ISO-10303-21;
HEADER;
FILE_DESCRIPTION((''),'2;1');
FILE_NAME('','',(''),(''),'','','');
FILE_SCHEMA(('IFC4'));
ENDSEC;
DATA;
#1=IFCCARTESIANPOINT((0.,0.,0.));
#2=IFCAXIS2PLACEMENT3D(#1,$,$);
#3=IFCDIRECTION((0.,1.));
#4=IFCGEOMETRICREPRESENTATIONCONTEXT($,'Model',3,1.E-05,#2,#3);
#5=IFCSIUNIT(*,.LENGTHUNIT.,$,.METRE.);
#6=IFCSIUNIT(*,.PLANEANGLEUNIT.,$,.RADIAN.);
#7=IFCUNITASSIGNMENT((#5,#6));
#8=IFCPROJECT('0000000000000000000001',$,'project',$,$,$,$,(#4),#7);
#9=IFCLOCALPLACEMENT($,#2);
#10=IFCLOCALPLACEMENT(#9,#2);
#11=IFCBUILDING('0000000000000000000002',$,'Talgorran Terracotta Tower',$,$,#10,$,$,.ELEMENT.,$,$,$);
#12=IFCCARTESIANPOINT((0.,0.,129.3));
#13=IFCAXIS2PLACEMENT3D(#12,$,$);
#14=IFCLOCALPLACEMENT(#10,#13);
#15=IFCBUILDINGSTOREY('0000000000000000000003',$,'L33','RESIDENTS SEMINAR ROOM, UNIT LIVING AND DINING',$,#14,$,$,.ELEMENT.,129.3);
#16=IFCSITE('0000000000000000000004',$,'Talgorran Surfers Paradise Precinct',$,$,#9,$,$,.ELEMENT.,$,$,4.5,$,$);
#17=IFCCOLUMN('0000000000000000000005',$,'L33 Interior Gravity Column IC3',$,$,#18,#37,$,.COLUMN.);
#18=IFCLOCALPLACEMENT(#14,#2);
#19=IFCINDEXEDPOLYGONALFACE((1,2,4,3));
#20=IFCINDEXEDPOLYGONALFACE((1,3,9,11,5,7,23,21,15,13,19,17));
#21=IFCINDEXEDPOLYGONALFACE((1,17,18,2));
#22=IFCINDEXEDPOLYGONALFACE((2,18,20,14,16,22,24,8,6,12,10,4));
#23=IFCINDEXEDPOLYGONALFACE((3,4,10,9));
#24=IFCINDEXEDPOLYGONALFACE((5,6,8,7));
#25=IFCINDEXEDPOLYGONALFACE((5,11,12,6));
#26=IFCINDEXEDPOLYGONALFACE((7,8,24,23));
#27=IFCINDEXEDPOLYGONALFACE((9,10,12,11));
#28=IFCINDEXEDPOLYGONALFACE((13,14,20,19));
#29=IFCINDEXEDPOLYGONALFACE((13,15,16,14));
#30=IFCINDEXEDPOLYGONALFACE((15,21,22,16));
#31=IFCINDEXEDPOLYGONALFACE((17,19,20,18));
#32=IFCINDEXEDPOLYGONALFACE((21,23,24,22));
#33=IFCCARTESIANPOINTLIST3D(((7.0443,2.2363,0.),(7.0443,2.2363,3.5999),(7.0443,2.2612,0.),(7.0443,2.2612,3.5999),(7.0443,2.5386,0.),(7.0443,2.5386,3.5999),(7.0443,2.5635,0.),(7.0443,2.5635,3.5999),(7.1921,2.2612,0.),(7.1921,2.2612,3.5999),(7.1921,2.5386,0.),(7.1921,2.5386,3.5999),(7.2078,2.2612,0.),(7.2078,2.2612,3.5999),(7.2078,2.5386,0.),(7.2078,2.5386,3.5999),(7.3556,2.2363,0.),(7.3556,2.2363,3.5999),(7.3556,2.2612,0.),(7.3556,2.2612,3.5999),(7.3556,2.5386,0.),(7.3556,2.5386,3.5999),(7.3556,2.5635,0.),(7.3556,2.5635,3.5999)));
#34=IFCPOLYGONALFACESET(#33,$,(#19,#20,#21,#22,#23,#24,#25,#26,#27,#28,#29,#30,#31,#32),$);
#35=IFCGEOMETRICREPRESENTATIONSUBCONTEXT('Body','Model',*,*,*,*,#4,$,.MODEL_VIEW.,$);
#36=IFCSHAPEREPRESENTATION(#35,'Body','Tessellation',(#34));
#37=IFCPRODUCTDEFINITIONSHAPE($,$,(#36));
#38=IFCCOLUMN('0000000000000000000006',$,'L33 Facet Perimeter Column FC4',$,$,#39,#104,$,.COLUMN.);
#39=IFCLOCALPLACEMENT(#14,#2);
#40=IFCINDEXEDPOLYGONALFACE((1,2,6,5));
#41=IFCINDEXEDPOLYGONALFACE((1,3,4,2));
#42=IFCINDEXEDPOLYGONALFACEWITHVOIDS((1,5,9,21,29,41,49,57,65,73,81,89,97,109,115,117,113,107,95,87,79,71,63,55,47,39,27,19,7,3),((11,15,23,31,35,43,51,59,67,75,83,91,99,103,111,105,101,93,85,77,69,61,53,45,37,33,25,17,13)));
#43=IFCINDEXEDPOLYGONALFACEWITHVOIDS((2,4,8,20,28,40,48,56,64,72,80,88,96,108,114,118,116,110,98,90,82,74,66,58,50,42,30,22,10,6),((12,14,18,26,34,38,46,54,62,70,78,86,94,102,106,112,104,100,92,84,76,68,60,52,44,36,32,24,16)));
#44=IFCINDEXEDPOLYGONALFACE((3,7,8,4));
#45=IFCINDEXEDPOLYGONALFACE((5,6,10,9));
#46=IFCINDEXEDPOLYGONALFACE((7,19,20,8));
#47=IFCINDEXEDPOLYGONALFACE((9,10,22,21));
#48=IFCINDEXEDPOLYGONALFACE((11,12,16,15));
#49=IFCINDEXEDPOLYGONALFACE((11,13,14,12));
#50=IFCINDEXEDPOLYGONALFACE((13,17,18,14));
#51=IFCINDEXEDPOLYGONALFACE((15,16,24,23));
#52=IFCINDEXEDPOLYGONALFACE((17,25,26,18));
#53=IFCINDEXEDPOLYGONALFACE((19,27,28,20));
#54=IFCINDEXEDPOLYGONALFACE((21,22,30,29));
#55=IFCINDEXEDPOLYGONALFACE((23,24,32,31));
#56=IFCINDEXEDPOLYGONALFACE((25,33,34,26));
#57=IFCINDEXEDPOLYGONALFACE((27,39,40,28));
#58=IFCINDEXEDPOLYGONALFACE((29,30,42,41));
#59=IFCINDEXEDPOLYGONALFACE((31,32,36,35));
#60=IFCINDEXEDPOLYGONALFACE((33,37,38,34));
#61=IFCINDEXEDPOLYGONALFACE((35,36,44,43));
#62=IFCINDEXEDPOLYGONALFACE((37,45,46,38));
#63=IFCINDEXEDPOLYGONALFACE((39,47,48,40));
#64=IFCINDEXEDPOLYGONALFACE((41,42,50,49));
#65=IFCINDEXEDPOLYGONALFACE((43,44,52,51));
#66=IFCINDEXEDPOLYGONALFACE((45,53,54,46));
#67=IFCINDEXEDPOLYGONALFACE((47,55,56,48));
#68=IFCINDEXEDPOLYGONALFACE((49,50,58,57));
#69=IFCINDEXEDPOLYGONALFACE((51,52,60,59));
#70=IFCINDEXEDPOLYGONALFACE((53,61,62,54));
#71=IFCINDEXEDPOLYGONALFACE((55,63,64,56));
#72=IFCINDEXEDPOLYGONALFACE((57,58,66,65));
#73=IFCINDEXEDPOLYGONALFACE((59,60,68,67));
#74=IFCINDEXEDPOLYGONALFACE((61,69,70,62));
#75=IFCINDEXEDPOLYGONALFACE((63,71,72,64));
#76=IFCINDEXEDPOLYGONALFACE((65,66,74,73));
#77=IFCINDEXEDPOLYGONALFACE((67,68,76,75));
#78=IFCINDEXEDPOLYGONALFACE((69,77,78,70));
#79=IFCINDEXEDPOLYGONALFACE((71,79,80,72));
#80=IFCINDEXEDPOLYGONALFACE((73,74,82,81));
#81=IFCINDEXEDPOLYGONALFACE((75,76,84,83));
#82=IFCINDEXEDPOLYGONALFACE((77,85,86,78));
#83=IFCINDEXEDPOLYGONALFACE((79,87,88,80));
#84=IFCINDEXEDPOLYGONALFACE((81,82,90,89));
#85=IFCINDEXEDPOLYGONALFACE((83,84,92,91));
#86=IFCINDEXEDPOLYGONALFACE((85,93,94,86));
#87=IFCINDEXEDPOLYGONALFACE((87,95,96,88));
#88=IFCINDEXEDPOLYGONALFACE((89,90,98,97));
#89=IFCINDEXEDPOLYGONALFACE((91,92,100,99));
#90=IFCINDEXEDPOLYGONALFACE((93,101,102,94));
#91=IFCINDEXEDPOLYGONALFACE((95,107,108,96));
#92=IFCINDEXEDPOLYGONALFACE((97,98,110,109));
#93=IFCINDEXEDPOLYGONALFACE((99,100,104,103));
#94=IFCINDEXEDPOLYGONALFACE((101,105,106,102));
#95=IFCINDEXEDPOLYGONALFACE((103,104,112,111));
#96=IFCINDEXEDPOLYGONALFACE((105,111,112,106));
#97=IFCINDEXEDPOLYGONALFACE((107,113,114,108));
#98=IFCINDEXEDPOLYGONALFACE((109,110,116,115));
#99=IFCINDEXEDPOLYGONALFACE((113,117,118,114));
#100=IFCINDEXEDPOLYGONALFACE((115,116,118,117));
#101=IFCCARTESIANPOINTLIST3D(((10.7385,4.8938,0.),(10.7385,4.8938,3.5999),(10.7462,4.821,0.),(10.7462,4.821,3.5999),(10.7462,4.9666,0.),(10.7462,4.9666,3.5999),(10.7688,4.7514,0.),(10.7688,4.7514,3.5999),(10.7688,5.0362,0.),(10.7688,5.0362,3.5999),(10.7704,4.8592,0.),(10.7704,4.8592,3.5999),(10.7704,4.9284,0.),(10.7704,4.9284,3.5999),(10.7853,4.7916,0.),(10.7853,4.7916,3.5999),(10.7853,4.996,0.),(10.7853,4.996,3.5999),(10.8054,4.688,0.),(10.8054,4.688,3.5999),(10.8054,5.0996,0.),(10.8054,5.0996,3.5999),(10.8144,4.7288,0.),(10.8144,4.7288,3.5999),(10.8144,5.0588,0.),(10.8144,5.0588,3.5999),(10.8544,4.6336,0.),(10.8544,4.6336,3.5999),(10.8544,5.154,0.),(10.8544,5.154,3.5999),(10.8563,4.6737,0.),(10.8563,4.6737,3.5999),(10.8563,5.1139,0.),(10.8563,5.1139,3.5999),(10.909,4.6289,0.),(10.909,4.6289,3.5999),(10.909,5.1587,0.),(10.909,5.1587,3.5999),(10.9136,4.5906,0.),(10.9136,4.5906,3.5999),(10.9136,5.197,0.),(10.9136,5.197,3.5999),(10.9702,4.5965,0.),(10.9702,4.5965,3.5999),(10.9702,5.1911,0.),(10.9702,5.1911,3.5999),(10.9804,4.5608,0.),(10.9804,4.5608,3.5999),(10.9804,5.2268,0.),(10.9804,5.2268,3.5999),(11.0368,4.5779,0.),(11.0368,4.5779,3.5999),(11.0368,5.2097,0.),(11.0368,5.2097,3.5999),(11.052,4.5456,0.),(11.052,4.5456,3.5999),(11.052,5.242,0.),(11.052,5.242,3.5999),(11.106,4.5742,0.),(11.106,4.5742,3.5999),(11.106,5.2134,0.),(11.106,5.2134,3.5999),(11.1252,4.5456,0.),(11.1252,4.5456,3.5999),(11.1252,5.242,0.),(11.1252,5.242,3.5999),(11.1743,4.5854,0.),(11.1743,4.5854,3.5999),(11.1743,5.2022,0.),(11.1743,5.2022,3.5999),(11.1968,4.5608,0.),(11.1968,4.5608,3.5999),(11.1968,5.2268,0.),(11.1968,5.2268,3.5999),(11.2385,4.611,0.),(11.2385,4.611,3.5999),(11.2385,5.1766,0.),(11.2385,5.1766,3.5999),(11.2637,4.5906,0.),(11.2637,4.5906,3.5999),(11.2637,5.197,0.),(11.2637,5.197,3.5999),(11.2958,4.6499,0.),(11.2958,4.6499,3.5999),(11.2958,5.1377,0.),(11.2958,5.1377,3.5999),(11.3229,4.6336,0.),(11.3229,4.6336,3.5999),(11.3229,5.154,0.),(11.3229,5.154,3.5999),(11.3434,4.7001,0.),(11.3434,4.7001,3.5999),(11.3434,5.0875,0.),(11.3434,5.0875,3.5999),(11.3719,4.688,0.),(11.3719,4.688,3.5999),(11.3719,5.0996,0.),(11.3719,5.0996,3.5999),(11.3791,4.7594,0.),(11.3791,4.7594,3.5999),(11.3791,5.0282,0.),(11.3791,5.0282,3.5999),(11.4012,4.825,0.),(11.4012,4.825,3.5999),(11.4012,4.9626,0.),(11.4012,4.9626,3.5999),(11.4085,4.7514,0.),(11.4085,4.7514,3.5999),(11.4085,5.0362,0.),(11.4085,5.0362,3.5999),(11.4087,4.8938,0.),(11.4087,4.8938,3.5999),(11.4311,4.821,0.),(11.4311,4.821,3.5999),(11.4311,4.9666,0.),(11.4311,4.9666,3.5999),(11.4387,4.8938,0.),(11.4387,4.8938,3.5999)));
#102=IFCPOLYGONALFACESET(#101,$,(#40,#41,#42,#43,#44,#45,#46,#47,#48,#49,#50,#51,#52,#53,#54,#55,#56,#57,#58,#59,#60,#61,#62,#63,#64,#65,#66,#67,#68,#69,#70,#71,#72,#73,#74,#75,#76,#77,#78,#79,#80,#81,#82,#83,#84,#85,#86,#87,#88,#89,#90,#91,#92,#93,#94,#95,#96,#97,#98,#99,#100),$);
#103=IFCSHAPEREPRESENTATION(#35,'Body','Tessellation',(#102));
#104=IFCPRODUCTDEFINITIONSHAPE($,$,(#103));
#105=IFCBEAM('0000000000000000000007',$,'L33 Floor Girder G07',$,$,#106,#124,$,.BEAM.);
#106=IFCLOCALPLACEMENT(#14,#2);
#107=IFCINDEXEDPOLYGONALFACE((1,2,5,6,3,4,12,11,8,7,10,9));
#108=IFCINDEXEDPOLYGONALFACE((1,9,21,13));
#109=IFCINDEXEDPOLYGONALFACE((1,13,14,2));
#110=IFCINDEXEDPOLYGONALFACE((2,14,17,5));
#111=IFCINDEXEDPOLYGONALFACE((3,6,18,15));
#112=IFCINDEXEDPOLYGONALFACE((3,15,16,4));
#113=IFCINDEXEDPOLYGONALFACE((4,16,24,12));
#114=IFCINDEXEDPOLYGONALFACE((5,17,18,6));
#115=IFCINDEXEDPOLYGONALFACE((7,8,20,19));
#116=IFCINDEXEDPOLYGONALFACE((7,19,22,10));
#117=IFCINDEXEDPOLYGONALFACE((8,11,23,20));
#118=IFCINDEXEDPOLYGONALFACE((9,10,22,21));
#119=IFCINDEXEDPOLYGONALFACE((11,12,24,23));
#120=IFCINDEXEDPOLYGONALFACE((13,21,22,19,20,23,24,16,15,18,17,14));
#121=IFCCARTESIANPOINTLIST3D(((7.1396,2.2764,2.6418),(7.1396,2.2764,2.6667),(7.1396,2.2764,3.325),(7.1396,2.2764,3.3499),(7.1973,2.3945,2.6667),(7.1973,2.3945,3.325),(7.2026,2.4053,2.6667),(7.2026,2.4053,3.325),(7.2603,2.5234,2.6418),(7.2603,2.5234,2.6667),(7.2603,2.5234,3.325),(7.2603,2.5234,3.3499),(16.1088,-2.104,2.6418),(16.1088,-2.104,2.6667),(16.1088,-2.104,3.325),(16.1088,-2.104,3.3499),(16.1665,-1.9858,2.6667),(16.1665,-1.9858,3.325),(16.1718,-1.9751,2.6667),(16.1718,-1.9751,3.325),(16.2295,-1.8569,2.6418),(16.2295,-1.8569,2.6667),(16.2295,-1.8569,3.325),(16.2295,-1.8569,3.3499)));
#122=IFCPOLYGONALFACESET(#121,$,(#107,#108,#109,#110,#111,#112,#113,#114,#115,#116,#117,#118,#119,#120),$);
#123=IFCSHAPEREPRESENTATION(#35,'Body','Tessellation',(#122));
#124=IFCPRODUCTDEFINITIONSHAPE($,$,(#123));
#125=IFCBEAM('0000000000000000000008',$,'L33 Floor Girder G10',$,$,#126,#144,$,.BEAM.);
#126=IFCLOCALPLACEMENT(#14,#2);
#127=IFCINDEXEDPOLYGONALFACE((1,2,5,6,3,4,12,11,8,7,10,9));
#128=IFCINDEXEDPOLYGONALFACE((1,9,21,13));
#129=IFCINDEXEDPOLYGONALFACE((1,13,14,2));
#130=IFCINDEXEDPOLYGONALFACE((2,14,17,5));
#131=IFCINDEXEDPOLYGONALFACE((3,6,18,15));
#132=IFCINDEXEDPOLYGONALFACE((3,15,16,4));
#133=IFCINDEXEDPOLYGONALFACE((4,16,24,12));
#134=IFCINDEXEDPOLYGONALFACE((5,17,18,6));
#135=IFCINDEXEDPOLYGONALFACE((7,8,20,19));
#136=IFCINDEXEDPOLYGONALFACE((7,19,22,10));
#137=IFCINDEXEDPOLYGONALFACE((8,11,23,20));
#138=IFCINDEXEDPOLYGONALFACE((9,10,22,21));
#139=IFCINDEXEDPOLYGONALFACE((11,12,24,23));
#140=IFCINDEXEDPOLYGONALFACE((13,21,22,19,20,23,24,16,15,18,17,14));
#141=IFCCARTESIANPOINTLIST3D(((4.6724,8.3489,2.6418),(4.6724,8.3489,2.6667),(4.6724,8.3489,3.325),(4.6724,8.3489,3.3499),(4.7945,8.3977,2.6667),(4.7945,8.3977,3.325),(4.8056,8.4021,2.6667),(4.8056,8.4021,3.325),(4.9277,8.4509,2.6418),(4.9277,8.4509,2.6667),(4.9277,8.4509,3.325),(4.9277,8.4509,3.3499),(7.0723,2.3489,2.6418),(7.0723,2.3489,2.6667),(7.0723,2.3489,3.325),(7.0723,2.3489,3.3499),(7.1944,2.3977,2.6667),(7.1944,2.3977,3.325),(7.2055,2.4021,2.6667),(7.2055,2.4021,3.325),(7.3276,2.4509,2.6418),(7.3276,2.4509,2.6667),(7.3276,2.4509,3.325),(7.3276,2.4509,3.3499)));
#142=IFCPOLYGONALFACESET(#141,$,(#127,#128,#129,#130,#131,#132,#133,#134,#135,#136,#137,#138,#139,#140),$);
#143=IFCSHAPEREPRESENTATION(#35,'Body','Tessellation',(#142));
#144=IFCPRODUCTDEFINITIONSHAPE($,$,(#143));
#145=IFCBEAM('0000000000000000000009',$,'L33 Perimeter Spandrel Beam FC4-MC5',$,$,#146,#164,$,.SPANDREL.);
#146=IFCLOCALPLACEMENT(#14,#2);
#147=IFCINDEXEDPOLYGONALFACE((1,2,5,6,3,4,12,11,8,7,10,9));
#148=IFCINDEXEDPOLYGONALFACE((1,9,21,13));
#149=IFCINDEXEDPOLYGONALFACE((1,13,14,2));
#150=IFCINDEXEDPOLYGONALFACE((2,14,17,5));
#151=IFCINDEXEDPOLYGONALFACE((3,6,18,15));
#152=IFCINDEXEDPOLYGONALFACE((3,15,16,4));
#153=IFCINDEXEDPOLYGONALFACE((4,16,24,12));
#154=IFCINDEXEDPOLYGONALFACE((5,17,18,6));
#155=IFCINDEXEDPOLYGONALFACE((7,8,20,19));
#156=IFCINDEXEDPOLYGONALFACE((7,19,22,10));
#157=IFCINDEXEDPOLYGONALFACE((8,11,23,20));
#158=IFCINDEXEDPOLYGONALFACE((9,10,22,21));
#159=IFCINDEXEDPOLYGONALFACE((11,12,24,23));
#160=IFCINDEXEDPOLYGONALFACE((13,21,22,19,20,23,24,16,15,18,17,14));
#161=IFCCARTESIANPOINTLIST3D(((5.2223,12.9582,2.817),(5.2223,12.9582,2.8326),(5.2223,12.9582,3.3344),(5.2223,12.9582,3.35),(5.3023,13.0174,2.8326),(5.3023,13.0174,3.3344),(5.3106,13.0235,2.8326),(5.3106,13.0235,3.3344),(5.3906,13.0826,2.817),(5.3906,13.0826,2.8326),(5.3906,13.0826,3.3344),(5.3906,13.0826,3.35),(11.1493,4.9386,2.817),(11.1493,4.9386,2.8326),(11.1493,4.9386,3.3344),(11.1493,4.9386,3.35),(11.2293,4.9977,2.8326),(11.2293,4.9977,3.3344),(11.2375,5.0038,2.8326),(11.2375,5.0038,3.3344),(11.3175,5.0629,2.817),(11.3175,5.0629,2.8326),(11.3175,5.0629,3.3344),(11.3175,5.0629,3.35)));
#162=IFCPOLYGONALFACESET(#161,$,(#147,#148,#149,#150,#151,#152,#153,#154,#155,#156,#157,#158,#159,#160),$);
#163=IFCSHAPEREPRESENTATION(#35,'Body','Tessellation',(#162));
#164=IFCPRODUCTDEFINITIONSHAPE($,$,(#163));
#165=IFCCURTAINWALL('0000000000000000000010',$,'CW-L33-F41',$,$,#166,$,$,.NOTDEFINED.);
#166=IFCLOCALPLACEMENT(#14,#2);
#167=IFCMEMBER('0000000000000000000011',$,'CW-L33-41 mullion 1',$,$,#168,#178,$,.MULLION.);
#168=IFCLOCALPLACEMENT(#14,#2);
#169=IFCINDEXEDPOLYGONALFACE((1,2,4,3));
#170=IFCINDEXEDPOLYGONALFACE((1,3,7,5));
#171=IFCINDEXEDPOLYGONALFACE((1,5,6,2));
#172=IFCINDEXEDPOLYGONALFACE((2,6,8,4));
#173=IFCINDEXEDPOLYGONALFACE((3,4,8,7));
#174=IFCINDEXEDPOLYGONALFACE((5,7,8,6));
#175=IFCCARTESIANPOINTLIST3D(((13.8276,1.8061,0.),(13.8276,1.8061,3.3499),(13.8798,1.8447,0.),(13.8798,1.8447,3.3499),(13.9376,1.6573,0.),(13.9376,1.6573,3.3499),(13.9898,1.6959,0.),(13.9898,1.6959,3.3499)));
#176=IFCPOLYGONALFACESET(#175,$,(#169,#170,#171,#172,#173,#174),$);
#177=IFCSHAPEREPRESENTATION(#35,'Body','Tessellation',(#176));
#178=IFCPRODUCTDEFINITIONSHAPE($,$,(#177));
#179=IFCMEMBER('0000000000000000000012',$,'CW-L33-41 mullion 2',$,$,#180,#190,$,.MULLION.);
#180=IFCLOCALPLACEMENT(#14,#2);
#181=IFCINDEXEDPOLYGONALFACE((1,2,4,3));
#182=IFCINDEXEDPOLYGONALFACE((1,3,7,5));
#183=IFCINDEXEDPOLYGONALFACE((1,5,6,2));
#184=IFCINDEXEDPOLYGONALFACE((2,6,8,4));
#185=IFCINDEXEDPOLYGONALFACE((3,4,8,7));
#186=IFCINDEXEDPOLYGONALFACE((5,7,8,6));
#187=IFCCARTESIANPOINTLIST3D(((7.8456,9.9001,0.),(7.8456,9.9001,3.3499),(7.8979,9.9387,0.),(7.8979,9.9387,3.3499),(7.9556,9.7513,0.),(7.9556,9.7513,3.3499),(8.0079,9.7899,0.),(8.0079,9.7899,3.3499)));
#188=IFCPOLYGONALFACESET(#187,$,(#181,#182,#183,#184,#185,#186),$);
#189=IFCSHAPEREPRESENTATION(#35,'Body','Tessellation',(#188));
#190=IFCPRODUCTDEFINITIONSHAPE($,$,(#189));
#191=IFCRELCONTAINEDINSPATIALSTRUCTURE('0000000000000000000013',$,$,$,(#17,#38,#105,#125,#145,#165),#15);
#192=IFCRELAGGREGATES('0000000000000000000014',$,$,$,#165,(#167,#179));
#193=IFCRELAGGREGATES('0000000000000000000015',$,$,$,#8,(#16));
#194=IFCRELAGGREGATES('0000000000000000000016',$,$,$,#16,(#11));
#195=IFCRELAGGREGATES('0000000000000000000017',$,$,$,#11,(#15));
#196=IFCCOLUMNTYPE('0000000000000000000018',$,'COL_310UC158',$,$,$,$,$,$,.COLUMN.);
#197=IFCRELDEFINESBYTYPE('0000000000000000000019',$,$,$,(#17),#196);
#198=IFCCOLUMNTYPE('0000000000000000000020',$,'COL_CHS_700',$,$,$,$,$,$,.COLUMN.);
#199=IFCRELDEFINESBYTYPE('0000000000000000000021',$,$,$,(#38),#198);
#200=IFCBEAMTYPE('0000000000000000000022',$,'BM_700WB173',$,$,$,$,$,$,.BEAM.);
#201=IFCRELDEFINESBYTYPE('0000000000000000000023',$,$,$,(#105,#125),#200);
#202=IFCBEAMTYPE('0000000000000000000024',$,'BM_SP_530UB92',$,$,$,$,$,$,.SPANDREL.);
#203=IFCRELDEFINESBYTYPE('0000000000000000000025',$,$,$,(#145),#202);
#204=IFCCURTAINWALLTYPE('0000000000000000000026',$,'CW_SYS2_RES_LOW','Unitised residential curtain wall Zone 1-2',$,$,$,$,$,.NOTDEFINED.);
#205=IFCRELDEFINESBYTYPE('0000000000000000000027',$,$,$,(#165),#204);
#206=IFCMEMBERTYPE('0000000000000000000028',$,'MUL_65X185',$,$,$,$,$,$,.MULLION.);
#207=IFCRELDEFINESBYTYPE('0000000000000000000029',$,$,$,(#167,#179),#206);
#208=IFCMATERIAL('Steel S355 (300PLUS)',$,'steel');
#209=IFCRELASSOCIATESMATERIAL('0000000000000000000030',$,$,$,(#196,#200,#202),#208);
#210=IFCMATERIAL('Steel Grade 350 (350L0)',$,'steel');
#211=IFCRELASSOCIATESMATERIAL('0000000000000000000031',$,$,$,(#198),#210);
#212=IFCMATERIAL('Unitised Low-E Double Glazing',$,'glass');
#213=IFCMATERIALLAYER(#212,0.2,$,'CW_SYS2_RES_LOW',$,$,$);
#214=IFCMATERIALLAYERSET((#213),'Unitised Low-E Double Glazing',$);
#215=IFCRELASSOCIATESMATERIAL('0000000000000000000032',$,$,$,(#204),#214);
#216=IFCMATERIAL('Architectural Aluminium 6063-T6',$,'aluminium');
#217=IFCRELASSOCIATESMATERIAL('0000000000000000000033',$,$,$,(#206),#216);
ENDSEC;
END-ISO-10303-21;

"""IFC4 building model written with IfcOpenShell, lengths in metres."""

from ifc_helpers import new_model, si_unit, direction, frame, origin, origin_2d, place, context, subcontext, project, spatial, rectangle, hollow_circle, i_section, extrude, material, layer, layer_set, material_profile, profile_set, type_object, element, aggregate, save


model = new_model("IFC4")

# Units and contexts
model_context = context("Model", 3, precision=1e-05, world=origin(), true_north=direction((0.0, 1.0)))
body_context = subcontext(model_context, "Body", "Model", "MODEL_VIEW")
ifc_project = project(units=[si_unit("LENGTHUNIT", "METRE"), si_unit("PLANEANGLEUNIT", "RADIAN")], contexts=[model_context])

# Site, building, storey
site_placement = place(None, origin())
site = spatial("IfcSite", under=ifc_project, at=site_placement, Name="Talgorran Surfers Paradise Precinct", CompositionType="ELEMENT", RefElevation=4.5)
building_placement = place(site_placement, origin())
building = spatial("IfcBuilding", under=site, at=building_placement, Name="Talgorran Terracotta Tower", CompositionType="ELEMENT")
storey_placement = place(building_placement, frame((0.0, 0.0, 129.3)))
storey = spatial("IfcBuildingStorey", under=building, at=storey_placement, Name="L33", Description="RESIDENTS SEMINAR ROOM, UNIT LIVING AND DINING", CompositionType="ELEMENT", Elevation=129.3)

# Columns
ifc_material_1 = material(Name="Steel S355 (300PLUS)", Category="steel")
ifc_material_profile_1 = material_profile(ifc_material_1, i_section(OverallWidth=0.3113, OverallDepth=0.3271, WebThickness=0.0156, FlangeThickness=0.0249, at=origin_2d()), Name="310UC158")
ifc_profile_set_1 = profile_set([ifc_material_profile_1], Name="Steel S355 (300PLUS)")
column_type_1 = type_object("IfcColumnType", Name="COL_310UC158", PredefinedType="COLUMN", material=ifc_profile_set_1)
column_1_placement = place(storey_placement, frame((7.2, 2.3999, 0.0), z_axis=(0.0, 0.0, 1.0), x_axis=(1.0, 0.0, 0.0)))
element("IfcColumn", 1, at=column_1_placement, inside=storey, type_object=column_type_1, Name="L33 Interior Gravity Column IC3", PredefinedType="COLUMN", context=body_context, shape_type="SweptSolid", body=[
    extrude(i_section(OverallWidth=0.3113, OverallDepth=0.3271, WebThickness=0.0156, FlangeThickness=0.0249, at=origin_2d()), origin(), (0.0, 0.0, 1.0), 3.5999),
])
ifc_material_2 = material(Name="Steel Grade 350 (350L0)", Category="steel")
ifc_material_profile_2 = material_profile(ifc_material_2, hollow_circle(Radius=0.3501, WallThickness=0.03, at=origin_2d()), Name="CHS700X30")
ifc_profile_set_2 = profile_set([ifc_material_profile_2], Name="Steel Grade 350 (350L0)")
column_type_2 = type_object("IfcColumnType", Name="COL_CHS_700", PredefinedType="COLUMN", material=ifc_profile_set_2)
column_2_placement = place(storey_placement, frame((11.0886, 4.8938, 0.0), z_axis=(0.0, 0.0, 1.0), x_axis=(1.0, 0.0, 0.0)))
element("IfcColumn", 2, at=column_2_placement, inside=storey, type_object=column_type_2, Name="L33 Facet Perimeter Column FC4", PredefinedType="COLUMN", context=body_context, shape_type="SweptSolid", body=[
    extrude(hollow_circle(Radius=0.3501, WallThickness=0.03, at=origin_2d()), origin(), (0.0, 0.0, 1.0), 3.5999),
])

# Beams
ifc_material_profile_3 = material_profile(ifc_material_1, i_section(OverallWidth=0.2749, OverallDepth=0.708, WebThickness=0.012, FlangeThickness=0.0249, at=origin_2d()), Name="700WB173")
ifc_profile_set_3 = profile_set([ifc_material_profile_3], Name="Steel S355 (300PLUS)")
beam_type_1 = type_object("IfcBeamType", Name="BM_700WB173", PredefinedType="BEAM", material=ifc_profile_set_3)
beam_1_placement = place(storey_placement, frame((7.2, 2.3999, 2.9958), z_axis=(0.898566, -0.438839, 0.0), x_axis=(0.438839, 0.898566, 0.0)))
element("IfcBeam", 3, at=beam_1_placement, inside=storey, type_object=beam_type_1, Name="L33 Floor Girder G07", PredefinedType="BEAM", context=body_context, shape_type="SweptSolid", body=[
    extrude(i_section(OverallWidth=0.2749, OverallDepth=0.708, WebThickness=0.012, FlangeThickness=0.0249, at=origin_2d()), origin(), (0.0, 0.0, 1.0), 9.9817),
])
beam_2_placement = place(storey_placement, frame((7.2, 2.3999, 2.9958), z_axis=(-0.371378, 0.928482, 0.0), x_axis=(-0.928482, -0.371378, 0.0)))
element("IfcBeam", 4, at=beam_2_placement, inside=storey, type_object=beam_type_1, Name="L33 Floor Girder G10", PredefinedType="BEAM", context=body_context, shape_type="SweptSolid", body=[
    extrude(i_section(OverallWidth=0.2749, OverallDepth=0.708, WebThickness=0.012, FlangeThickness=0.0249, at=origin_2d()), origin(), (0.0, 0.0, 1.0), 6.4622),
])
ifc_material_profile_4 = material_profile(ifc_material_1, i_section(OverallWidth=0.2092, OverallDepth=0.533, WebThickness=0.0103, FlangeThickness=0.0156, at=origin_2d()), Name="530UB92.4")
ifc_profile_set_4 = profile_set([ifc_material_profile_4], Name="Steel S355 (300PLUS)")
beam_type_2 = type_object("IfcBeamType", Name="BM_SP_530UB92", PredefinedType="SPANDREL", material=ifc_profile_set_4)
beam_3_placement = place(storey_placement, frame((11.2334, 5.0007, 3.0835), z_axis=(-0.594348, 0.804208, 0.0), x_axis=(-0.804208, -0.594348, 0.0)))
element("IfcBeam", 5, at=beam_3_placement, inside=storey, type_object=beam_type_2, Name="L33 Perimeter Spandrel Beam FC4-MC5", PredefinedType="SPANDREL", context=body_context, shape_type="SweptSolid", body=[
    extrude(i_section(OverallWidth=0.2092, OverallDepth=0.533, WebThickness=0.0103, FlangeThickness=0.0156, at=origin_2d()), origin(), (0.0, 0.0, 1.0), 9.9722),
])

# Curtain wall, members
ifc_material_3 = material(Name="Unitised Low-E Double Glazing", Category="glass")
ifc_layer_1 = layer(ifc_material_3, 0.2, Name="CW_SYS2_RES_LOW")
ifc_layer_set_1 = layer_set([ifc_layer_1], Name="Unitised Low-E Double Glazing")
curtain_wall_type = type_object("IfcCurtainWallType", Name="CW_SYS2_RES_LOW", Description="Unitised residential curtain wall Zone 1-2", PredefinedType="NOTDEFINED", material=ifc_layer_set_1)
curtain_wall_1_placement = place(storey_placement, origin())
curtain_wall_1 = element("IfcCurtainWall", 6, at=curtain_wall_1_placement, inside=storey, type_object=curtain_wall_type, Name="CW-L33-F41", PredefinedType="NOTDEFINED")
ifc_material_4 = material(Name="Architectural Aluminium 6063-T6", Category="aluminium")
ifc_material_profile_5 = material_profile(ifc_material_4, rectangle(XDim=0.0649, YDim=0.1851, at=origin_2d()), Name="CWM65X185")
ifc_profile_set_5 = profile_set([ifc_material_profile_5], Name="Architectural Aluminium 6063-T6")
member_type_1 = type_object("IfcMemberType", Name="MUL_65X185", PredefinedType="MULLION", material=ifc_profile_set_5)
member_1_placement = place(storey_placement, frame((13.9087, 1.751, 0.0), z_axis=(0.0, 0.0, 1.0), x_axis=(-0.804202, -0.594356, 0.0)))
member_1 = element("IfcMember", 7, at=member_1_placement, type_object=member_type_1, Name="CW-L33-41 mullion 1", PredefinedType="MULLION", context=body_context, shape_type="SweptSolid", body=[
    extrude(rectangle(XDim=0.0649, YDim=0.1851, at=origin_2d()), origin(), (0.0, 0.0, 1.0), 3.3499),
])
member_2_placement = place(storey_placement, frame((7.9268, 9.845, 0.0), z_axis=(0.0, 0.0, 1.0), x_axis=(-0.804202, -0.594356, 0.0)))
member_2 = element("IfcMember", 8, at=member_2_placement, type_object=member_type_1, Name="CW-L33-41 mullion 2", PredefinedType="MULLION", context=body_context, shape_type="SweptSolid", body=[
    extrude(rectangle(XDim=0.0649, YDim=0.1851, at=origin_2d()), origin(), (0.0, 0.0, 1.0), 3.3499),
])

aggregate(curtain_wall_1, [member_1, member_2])

save(model, "model.ifc")
